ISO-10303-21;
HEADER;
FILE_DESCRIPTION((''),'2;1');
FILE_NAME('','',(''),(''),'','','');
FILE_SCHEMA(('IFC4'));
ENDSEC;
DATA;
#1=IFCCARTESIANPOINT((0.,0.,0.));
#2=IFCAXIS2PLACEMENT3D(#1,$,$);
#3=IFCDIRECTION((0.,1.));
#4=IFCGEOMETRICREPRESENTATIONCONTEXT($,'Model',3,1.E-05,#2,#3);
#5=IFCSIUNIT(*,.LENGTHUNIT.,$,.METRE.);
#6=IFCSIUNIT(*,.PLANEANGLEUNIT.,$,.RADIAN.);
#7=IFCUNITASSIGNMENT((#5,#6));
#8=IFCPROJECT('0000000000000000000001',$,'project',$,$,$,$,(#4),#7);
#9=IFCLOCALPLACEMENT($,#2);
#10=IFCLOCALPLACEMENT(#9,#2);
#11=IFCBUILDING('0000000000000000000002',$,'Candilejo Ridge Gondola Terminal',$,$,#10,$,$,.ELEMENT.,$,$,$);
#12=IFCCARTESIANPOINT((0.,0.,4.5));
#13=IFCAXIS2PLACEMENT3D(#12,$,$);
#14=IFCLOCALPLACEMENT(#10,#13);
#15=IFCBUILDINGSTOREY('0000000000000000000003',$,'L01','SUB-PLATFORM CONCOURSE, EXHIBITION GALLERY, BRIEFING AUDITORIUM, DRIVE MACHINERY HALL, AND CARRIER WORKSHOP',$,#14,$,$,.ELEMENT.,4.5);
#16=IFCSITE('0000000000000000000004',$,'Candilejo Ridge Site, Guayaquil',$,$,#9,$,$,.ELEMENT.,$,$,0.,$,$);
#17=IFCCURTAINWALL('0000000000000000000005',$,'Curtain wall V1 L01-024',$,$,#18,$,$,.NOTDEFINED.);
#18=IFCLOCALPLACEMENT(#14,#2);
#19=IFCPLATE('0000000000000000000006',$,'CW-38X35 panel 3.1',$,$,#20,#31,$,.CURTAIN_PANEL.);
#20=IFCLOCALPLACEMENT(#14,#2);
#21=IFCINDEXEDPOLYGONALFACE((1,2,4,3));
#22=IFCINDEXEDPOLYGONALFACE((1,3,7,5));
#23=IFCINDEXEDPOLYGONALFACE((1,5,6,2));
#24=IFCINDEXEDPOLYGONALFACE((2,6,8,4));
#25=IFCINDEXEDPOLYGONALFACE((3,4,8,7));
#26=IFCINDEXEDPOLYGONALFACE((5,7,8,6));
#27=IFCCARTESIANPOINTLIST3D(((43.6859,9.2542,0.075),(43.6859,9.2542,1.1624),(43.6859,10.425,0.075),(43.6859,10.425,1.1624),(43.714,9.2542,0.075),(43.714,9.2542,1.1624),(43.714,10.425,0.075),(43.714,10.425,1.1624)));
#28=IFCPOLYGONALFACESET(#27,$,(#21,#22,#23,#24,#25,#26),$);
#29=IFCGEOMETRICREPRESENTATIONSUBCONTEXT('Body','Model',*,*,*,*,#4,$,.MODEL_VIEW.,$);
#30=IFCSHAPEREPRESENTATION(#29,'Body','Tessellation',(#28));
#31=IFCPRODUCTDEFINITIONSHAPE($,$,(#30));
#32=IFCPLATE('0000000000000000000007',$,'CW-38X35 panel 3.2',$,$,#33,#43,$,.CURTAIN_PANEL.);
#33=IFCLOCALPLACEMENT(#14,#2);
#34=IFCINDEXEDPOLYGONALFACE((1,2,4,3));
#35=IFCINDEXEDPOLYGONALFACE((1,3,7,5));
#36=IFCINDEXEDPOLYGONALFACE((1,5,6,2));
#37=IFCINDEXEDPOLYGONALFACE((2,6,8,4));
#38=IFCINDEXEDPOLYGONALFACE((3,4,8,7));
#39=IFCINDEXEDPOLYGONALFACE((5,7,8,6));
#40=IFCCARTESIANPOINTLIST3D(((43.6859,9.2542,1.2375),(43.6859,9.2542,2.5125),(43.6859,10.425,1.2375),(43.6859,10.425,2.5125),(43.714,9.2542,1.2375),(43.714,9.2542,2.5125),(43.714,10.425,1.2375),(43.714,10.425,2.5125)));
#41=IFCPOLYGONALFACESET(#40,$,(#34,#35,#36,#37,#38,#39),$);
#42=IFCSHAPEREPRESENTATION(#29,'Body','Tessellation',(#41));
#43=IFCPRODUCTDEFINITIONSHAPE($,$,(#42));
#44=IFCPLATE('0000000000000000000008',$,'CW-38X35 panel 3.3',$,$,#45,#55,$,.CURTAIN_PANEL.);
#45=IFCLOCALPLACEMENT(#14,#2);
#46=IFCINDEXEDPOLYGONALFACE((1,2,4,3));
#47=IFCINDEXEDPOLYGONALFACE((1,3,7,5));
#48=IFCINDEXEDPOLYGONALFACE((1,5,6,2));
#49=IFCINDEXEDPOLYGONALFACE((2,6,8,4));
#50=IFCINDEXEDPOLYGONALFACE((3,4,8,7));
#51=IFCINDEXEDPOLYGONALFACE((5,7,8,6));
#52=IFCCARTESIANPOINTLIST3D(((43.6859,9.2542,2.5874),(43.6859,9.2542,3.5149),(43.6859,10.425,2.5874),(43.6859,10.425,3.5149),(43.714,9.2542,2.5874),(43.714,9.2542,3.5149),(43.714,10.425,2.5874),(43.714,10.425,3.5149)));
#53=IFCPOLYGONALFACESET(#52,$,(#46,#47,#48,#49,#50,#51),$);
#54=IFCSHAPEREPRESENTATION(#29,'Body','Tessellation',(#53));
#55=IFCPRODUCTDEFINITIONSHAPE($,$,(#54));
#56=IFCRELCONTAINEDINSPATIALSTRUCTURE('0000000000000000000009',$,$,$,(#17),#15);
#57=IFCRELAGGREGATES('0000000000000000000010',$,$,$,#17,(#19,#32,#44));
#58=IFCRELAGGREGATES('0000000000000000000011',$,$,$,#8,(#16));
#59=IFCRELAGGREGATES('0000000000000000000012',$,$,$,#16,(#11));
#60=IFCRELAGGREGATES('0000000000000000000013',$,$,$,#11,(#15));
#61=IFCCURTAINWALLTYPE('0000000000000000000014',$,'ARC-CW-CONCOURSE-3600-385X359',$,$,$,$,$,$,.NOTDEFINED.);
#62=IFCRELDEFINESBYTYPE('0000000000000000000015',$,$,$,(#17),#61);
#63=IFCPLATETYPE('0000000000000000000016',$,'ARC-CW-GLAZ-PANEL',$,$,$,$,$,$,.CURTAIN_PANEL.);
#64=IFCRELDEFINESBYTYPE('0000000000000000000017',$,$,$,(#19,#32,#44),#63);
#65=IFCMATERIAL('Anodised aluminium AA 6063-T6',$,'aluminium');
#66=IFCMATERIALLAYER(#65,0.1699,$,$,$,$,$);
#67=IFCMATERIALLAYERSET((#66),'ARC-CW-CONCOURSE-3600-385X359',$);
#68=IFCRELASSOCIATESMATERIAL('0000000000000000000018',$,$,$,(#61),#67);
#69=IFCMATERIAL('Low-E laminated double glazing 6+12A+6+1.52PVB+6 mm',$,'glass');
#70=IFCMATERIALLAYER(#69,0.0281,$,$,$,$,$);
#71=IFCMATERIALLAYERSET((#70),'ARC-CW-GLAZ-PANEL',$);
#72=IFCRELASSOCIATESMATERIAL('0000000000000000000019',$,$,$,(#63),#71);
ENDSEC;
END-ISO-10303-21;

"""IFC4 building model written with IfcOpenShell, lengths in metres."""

from ifc_helpers import new_model, si_unit, direction, frame, origin, origin_2d, place, context, subcontext, project, spatial, rectangle, extrude, material, layer, layer_set, type_object, element, aggregate, save


model = new_model("IFC4")

# Units and contexts
model_context = context("Model", 3, precision=1e-05, world=origin(), true_north=direction((0.0, 1.0)))
body_context = subcontext(model_context, "Body", "Model", "MODEL_VIEW")
ifc_project = project(units=[si_unit("LENGTHUNIT", "METRE"), si_unit("PLANEANGLEUNIT", "RADIAN")], contexts=[model_context])

# Site, building, storey
site_placement = place(None, origin())
site = spatial("IfcSite", under=ifc_project, at=site_placement, Name="Candilejo Ridge Site, Guayaquil", CompositionType="ELEMENT", RefElevation=0.0)
building_placement = place(site_placement, origin())
building = spatial("IfcBuilding", under=site, at=building_placement, Name="Candilejo Ridge Gondola Terminal", CompositionType="ELEMENT")
storey_placement = place(building_placement, frame((0.0, 0.0, 4.5)))
storey = spatial("IfcBuildingStorey", under=building, at=storey_placement, Name="L01", Description="SUB-PLATFORM CONCOURSE, EXHIBITION GALLERY, BRIEFING AUDITORIUM, DRIVE MACHINERY HALL, AND CARRIER WORKSHOP", CompositionType="ELEMENT", Elevation=4.5)

# Curtain wall
ifc_material_1 = material(Name="Anodised aluminium AA 6063-T6", Category="aluminium")
ifc_layer_1 = layer(ifc_material_1, 0.1699)
ifc_layer_set_1 = layer_set([ifc_layer_1], Name="ARC-CW-CONCOURSE-3600-385X359")
curtain_wall_type = type_object("IfcCurtainWallType", Name="ARC-CW-CONCOURSE-3600-385X359", PredefinedType="NOTDEFINED", material=ifc_layer_set_1)
curtain_wall_placement = place(storey_placement, origin())
curtain_wall = element("IfcCurtainWall", 1, at=curtain_wall_placement, inside=storey, type_object=curtain_wall_type, Name="Curtain wall V1 L01-024", PredefinedType="NOTDEFINED")

# Plates
ifc_material_2 = material(Name="Low-E laminated double glazing 6+12A+6+1.52PVB+6 mm", Category="glass")
ifc_layer_2 = layer(ifc_material_2, 0.0281)
ifc_layer_set_2 = layer_set([ifc_layer_2], Name="ARC-CW-GLAZ-PANEL")
plate_type = type_object("IfcPlateType", Name="ARC-CW-GLAZ-PANEL", PredefinedType="CURTAIN_PANEL", material=ifc_layer_set_2)
plate_1_placement = place(storey_placement, frame((43.7, 9.8396, 0.075), z_axis=(0.0, 0.0, 1.0), x_axis=(0.0, 1.0, 0.0)))
plate_1 = element("IfcPlate", 2, at=plate_1_placement, type_object=plate_type, Name="CW-38X35 panel 3.1", PredefinedType="CURTAIN_PANEL", context=body_context, shape_type="SweptSolid", body=[
    extrude(rectangle(XDim=1.1709, YDim=0.0281, at=origin_2d()), origin(), (0.0, 0.0, 1.0), 1.0874),
])
plate_2_placement = place(storey_placement, frame((43.7, 9.8396, 1.2375), z_axis=(0.0, 0.0, 1.0), x_axis=(0.0, 1.0, 0.0)))
plate_2 = element("IfcPlate", 3, at=plate_2_placement, type_object=plate_type, Name="CW-38X35 panel 3.2", PredefinedType="CURTAIN_PANEL", context=body_context, shape_type="SweptSolid", body=[
    extrude(rectangle(XDim=1.1709, YDim=0.0281, at=origin_2d()), origin(), (0.0, 0.0, 1.0), 1.2749),
])
plate_3_placement = place(storey_placement, frame((43.7, 9.8396, 2.5874), z_axis=(0.0, 0.0, 1.0), x_axis=(0.0, 1.0, 0.0)))
plate_3 = element("IfcPlate", 4, at=plate_3_placement, type_object=plate_type, Name="CW-38X35 panel 3.3", PredefinedType="CURTAIN_PANEL", context=body_context, shape_type="SweptSolid", body=[
    extrude(rectangle(XDim=1.1709, YDim=0.0281, at=origin_2d()), origin(), (0.0, 0.0, 1.0), 0.9275),
])
aggregate(curtain_wall, [plate_1, plate_2, plate_3])

save(model, "model.ifc")
